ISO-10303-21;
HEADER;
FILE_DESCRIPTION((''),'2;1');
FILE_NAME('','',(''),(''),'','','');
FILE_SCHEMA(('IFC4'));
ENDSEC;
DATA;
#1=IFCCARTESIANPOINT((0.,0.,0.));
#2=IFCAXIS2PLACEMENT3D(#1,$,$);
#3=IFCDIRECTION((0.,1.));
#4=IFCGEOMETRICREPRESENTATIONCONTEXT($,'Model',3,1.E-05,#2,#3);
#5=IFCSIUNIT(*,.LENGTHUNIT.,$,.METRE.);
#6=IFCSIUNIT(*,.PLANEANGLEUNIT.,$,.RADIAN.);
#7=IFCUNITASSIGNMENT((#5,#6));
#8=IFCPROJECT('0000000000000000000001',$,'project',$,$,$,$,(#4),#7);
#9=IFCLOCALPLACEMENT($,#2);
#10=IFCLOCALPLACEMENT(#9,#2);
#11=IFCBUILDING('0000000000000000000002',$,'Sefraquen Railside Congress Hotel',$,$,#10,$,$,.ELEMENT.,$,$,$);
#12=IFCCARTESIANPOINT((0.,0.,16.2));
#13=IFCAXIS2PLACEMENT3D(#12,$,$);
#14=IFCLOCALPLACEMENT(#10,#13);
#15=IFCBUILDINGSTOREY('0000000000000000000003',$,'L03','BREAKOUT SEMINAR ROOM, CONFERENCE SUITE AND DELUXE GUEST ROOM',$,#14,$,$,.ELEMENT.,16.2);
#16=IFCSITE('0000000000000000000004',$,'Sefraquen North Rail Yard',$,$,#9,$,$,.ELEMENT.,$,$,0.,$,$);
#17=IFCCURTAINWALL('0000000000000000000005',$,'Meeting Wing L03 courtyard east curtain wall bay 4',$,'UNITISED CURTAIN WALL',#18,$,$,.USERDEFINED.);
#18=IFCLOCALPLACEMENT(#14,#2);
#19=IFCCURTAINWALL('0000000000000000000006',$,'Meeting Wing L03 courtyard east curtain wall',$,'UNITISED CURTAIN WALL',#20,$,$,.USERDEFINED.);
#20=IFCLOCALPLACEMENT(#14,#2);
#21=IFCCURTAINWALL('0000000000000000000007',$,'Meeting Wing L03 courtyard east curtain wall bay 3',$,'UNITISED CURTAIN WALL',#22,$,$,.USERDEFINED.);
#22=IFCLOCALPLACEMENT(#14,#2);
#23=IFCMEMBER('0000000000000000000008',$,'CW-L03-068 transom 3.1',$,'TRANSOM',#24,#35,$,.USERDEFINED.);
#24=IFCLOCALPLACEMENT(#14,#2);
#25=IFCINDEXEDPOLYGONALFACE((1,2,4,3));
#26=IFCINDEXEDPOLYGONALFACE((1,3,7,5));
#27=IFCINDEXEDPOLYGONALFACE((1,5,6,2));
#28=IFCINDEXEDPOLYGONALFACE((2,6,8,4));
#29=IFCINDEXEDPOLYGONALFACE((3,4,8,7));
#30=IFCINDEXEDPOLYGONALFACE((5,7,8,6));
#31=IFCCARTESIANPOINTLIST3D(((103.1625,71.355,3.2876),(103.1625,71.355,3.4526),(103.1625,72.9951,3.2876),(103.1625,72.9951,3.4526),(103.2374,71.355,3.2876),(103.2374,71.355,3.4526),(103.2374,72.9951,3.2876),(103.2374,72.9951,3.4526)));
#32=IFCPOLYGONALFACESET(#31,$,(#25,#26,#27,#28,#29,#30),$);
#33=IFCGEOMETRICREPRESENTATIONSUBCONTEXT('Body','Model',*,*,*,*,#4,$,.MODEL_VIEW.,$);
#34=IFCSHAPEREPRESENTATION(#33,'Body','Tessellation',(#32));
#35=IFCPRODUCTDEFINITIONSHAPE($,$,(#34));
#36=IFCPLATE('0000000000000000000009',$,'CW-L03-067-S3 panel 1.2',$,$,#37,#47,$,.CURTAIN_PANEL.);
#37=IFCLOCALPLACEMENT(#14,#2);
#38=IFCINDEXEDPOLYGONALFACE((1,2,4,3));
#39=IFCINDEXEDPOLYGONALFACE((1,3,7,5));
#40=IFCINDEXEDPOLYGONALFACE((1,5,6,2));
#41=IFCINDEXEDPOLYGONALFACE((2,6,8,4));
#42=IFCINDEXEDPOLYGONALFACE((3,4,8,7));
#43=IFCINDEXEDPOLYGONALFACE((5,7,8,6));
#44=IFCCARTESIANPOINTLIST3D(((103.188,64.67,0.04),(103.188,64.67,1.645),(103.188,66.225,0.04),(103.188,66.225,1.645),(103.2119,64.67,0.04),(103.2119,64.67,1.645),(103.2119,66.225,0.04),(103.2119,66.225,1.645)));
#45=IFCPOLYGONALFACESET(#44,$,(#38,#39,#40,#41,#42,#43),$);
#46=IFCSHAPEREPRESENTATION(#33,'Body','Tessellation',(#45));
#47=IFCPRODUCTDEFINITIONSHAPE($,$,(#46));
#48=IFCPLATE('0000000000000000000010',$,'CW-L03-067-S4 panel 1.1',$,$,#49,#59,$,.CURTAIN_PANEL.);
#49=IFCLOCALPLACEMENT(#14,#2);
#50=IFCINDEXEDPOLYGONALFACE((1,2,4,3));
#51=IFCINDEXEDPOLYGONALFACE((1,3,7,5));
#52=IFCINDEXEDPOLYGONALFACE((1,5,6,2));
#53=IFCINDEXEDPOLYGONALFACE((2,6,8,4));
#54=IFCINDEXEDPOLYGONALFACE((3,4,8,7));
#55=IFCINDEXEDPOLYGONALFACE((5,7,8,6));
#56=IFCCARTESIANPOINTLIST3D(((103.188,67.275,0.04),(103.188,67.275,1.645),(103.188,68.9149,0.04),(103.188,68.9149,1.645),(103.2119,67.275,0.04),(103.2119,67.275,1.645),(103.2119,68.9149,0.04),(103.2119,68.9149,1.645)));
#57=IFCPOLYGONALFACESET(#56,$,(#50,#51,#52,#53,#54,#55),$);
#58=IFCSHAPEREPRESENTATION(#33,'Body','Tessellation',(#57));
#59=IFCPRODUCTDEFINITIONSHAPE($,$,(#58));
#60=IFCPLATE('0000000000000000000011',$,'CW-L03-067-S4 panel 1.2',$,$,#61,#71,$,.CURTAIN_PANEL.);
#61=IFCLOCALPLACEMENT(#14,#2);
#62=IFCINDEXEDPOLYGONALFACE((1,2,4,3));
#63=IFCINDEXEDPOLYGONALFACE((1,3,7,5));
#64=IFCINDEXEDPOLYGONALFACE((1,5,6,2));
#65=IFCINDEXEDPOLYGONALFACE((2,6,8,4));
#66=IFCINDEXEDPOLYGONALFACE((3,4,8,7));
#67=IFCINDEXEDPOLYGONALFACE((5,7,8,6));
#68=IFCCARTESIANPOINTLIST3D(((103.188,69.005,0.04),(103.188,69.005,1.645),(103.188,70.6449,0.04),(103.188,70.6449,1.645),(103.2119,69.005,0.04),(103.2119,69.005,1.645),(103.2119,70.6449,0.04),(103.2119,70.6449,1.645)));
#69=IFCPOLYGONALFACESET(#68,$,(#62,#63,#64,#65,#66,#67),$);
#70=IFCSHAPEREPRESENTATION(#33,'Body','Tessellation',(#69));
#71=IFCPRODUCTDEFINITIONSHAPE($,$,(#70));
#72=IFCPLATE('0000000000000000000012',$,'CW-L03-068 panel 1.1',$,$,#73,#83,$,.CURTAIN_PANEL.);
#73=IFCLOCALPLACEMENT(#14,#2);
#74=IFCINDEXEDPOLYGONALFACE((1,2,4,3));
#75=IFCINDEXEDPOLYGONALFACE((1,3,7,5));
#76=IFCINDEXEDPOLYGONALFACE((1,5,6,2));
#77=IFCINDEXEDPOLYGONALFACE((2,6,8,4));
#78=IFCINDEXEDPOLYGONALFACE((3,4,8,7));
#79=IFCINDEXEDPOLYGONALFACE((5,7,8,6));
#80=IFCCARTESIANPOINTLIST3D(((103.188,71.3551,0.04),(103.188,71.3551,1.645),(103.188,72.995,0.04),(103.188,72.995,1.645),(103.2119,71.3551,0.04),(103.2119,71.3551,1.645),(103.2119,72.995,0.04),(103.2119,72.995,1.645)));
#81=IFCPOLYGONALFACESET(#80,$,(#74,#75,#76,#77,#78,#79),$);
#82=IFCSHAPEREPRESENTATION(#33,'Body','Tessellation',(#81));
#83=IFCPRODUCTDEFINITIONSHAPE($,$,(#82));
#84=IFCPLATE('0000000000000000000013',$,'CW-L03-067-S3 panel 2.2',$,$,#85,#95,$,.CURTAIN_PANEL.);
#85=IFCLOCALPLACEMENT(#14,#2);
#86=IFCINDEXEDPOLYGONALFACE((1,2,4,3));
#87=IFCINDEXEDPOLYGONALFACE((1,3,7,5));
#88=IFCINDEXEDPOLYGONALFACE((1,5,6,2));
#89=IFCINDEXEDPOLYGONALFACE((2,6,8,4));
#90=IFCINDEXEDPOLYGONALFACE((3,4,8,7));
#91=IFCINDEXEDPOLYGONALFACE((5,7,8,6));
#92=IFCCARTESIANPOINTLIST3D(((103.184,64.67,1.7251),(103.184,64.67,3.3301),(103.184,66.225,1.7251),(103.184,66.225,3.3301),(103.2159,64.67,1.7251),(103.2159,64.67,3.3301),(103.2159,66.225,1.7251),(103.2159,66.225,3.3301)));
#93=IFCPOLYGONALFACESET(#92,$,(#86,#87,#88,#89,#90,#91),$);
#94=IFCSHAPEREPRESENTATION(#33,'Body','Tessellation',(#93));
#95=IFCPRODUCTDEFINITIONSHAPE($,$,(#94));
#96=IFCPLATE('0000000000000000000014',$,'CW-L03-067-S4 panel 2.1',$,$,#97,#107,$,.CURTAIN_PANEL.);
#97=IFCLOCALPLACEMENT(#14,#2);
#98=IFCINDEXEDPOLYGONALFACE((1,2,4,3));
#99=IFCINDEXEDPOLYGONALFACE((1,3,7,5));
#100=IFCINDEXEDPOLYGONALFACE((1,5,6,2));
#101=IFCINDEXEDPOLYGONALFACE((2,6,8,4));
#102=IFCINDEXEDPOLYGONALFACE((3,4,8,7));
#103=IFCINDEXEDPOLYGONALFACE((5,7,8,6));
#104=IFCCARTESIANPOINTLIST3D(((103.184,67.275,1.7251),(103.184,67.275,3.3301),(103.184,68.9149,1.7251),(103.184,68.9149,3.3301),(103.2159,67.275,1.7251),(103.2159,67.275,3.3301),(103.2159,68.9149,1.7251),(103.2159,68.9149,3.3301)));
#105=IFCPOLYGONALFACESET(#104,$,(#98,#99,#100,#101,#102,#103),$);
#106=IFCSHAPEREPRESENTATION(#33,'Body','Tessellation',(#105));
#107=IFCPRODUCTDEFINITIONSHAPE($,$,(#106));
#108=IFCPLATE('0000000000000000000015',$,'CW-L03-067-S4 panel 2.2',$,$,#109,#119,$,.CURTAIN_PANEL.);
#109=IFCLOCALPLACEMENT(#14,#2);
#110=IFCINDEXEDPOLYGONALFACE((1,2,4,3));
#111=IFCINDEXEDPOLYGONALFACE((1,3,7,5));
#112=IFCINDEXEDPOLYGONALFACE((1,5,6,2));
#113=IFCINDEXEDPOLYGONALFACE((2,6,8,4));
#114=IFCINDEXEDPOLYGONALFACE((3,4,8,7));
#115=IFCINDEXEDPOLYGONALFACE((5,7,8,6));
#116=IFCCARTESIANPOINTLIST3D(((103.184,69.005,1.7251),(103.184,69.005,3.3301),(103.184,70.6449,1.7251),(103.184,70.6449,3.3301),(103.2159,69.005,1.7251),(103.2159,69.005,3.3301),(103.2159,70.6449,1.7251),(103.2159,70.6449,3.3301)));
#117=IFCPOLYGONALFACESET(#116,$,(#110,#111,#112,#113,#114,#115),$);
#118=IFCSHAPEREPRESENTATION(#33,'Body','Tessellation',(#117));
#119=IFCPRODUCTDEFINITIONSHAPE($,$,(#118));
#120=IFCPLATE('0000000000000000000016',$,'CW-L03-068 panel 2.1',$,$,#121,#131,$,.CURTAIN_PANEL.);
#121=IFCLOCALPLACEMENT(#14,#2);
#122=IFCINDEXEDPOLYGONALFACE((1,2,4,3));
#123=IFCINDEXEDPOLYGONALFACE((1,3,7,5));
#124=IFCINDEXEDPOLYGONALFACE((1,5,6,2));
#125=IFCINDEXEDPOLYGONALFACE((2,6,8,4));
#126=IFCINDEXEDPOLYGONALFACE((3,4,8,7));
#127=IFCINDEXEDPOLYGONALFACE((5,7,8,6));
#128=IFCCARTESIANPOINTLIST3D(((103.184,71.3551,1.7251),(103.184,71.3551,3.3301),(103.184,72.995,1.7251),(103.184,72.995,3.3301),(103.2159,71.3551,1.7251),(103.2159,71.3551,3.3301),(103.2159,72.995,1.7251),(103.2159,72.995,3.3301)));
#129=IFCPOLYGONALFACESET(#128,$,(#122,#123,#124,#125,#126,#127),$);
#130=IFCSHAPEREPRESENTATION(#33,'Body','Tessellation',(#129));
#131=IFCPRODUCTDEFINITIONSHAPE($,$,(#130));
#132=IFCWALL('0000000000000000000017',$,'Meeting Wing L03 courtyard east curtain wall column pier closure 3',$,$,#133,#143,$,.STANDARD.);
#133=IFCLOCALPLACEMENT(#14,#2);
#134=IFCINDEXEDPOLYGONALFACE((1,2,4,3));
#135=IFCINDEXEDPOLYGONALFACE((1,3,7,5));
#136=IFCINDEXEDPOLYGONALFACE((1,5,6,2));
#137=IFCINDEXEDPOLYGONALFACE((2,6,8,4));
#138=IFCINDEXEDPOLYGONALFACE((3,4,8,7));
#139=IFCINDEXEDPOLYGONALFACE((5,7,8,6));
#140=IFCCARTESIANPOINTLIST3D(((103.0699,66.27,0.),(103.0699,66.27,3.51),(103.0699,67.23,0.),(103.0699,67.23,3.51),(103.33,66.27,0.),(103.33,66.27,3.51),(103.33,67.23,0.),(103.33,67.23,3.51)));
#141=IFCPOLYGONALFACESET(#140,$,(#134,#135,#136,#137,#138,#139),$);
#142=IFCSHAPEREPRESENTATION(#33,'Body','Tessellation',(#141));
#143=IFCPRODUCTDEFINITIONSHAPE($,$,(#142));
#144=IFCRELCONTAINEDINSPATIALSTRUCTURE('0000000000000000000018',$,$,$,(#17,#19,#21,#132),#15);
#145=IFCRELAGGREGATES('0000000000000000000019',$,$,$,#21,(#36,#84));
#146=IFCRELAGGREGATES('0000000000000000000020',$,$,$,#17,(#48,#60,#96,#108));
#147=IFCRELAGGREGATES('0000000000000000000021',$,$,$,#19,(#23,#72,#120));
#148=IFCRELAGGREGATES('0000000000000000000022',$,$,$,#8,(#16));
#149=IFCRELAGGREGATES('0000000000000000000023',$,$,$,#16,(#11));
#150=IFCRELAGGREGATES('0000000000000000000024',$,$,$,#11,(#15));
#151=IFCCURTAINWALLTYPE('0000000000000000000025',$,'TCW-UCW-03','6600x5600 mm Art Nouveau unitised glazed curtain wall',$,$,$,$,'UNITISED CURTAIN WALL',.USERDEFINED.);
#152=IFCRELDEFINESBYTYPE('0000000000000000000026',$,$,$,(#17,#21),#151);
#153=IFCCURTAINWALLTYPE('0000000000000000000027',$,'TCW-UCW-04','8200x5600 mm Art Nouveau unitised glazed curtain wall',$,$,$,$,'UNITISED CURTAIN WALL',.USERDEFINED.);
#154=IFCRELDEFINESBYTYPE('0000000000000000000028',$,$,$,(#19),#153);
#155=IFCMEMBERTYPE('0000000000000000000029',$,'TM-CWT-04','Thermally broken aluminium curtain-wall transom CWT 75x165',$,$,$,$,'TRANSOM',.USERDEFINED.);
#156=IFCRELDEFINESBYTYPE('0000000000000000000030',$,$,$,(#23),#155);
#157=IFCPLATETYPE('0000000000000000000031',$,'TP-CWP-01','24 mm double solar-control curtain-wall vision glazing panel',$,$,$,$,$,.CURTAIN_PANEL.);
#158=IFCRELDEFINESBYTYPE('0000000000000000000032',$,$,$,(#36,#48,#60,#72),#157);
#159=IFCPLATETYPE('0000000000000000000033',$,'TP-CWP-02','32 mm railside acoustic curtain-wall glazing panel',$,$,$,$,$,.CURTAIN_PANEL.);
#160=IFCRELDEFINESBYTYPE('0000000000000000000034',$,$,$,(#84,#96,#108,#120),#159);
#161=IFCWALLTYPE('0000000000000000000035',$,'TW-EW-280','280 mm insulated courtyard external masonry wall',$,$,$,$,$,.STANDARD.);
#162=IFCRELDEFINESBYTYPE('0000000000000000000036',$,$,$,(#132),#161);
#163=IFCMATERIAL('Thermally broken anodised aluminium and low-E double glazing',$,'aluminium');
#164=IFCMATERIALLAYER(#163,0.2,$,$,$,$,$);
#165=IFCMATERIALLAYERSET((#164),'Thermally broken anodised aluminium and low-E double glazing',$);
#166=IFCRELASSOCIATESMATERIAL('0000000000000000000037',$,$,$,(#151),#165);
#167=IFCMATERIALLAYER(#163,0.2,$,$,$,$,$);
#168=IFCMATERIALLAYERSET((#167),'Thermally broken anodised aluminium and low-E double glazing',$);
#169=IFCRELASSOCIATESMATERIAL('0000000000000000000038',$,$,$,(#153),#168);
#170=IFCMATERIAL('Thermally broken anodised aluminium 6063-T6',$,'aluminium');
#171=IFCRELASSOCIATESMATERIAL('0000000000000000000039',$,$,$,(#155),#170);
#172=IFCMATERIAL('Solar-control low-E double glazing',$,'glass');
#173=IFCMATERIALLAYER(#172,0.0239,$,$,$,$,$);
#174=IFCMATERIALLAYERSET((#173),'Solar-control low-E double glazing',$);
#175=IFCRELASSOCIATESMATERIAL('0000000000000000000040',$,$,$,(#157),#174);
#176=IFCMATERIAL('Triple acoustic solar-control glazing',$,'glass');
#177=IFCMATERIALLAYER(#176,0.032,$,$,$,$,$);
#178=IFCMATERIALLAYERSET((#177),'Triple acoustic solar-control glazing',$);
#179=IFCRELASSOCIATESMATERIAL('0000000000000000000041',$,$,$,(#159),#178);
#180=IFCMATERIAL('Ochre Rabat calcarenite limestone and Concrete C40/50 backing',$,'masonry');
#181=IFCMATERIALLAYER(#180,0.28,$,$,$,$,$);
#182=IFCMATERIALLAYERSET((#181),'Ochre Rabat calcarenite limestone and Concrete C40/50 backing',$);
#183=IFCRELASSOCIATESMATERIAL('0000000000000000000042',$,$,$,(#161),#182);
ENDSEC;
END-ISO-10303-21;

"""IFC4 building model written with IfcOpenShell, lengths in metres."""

from ifc_helpers import new_model, si_unit, direction, frame, frame_2d, origin, origin_2d, place, context, subcontext, project, spatial, rectangle, extrude, material, layer, layer_set, material_profile, profile_set, type_object, element, aggregate, save


model = new_model("IFC4")

# Units and contexts
model_context = context("Model", 3, precision=1e-05, world=origin(), true_north=direction((0.0, 1.0)))
body_context = subcontext(model_context, "Body", "Model", "MODEL_VIEW")
ifc_project = project(units=[si_unit("LENGTHUNIT", "METRE"), si_unit("PLANEANGLEUNIT", "RADIAN")], contexts=[model_context])

# Site, building, storey
site_placement = place(None, origin())
site = spatial("IfcSite", under=ifc_project, at=site_placement, Name="Sefraquen North Rail Yard", CompositionType="ELEMENT", RefElevation=0.0)
building_placement = place(site_placement, origin())
building = spatial("IfcBuilding", under=site, at=building_placement, Name="Sefraquen Railside Congress Hotel", CompositionType="ELEMENT")
storey_placement = place(building_placement, frame((0.0, 0.0, 16.2)))
storey = spatial("IfcBuildingStorey", under=building, at=storey_placement, Name="L03", Description="BREAKOUT SEMINAR ROOM, CONFERENCE SUITE AND DELUXE GUEST ROOM", CompositionType="ELEMENT", Elevation=16.2)

# Curtain walls
ifc_material_1 = material(Name="Thermally broken anodised aluminium and low-E double glazing", Category="aluminium")
ifc_layer_1 = layer(ifc_material_1, 0.2)
ifc_layer_set_1 = layer_set([ifc_layer_1], Name="Thermally broken anodised aluminium and low-E double glazing")
curtain_wall_type_1 = type_object("IfcCurtainWallType", Name="TCW-UCW-03", Description="6600x5600 mm Art Nouveau unitised glazed curtain wall", ElementType="UNITISED CURTAIN WALL", PredefinedType="USERDEFINED", material=ifc_layer_set_1)
curtain_wall_1_placement = place(storey_placement, origin())
curtain_wall_1 = element("IfcCurtainWall", 1, at=curtain_wall_1_placement, inside=storey, type_object=curtain_wall_type_1, Name="Meeting Wing L03 courtyard east curtain wall bay 4", ObjectType="UNITISED CURTAIN WALL", PredefinedType="USERDEFINED")
ifc_material_2 = material(Name="Thermally broken anodised aluminium 6063-T6", Category="aluminium")
ifc_layer_2 = layer(ifc_material_1, 0.2)
ifc_layer_set_2 = layer_set([ifc_layer_2], Name="Thermally broken anodised aluminium and low-E double glazing")
curtain_wall_type_2 = type_object("IfcCurtainWallType", Name="TCW-UCW-04", Description="8200x5600 mm Art Nouveau unitised glazed curtain wall", ElementType="UNITISED CURTAIN WALL", PredefinedType="USERDEFINED", material=ifc_layer_set_2)
curtain_wall_2_placement = place(storey_placement, origin())
curtain_wall_2 = element("IfcCurtainWall", 2, at=curtain_wall_2_placement, inside=storey, type_object=curtain_wall_type_2, Name="Meeting Wing L03 courtyard east curtain wall", ObjectType="UNITISED CURTAIN WALL", PredefinedType="USERDEFINED")
curtain_wall_3_placement = place(storey_placement, origin())
curtain_wall_3 = element("IfcCurtainWall", 3, at=curtain_wall_3_placement, inside=storey, type_object=curtain_wall_type_1, Name="Meeting Wing L03 courtyard east curtain wall bay 3", ObjectType="UNITISED CURTAIN WALL", PredefinedType="USERDEFINED")

# Member
ifc_material_profile_1 = material_profile(ifc_material_2, rectangle(XDim=0.075, YDim=0.165, at=origin_2d()), Name="CWT 75x165")
ifc_profile_set_1 = profile_set([ifc_material_profile_1], Name="Thermally broken anodised aluminium 6063-T6")
member_type_1 = type_object("IfcMemberType", Name="TM-CWT-04", Description="Thermally broken aluminium curtain-wall transom CWT 75x165", ElementType="TRANSOM", PredefinedType="USERDEFINED", material=ifc_profile_set_1)
member_1_placement = place(storey_placement, frame((103.2, 71.355, 3.3701), z_axis=(0.0, 1.0, 0.0), x_axis=(-1.0, 0.0, 0.0)))
member_1 = element("IfcMember", 4, at=member_1_placement, type_object=member_type_1, Name="CW-L03-068 transom 3.1", ObjectType="TRANSOM", PredefinedType="USERDEFINED", context=body_context, shape_type="SweptSolid", body=[
    extrude(rectangle(XDim=0.075, YDim=0.165, at=origin_2d()), origin(), (0.0, 0.0, 1.0), 1.6401),
])

# Plates
ifc_material_3 = material(Name="Solar-control low-E double glazing", Category="glass")
ifc_layer_3 = layer(ifc_material_3, 0.0239)
ifc_layer_set_3 = layer_set([ifc_layer_3], Name="Solar-control low-E double glazing")
plate_type_1 = type_object("IfcPlateType", Name="TP-CWP-01", Description="24 mm double solar-control curtain-wall vision glazing panel", PredefinedType="CURTAIN_PANEL", material=ifc_layer_set_3)
plate_1_placement = place(storey_placement, frame((103.2, 65.4475, 0.04), z_axis=(0.0, 0.0, 1.0), x_axis=(0.0, 1.0, 0.0)))
plate_1 = element("IfcPlate", 5, at=plate_1_placement, type_object=plate_type_1, Name="CW-L03-067-S3 panel 1.2", PredefinedType="CURTAIN_PANEL", context=body_context, shape_type="SweptSolid", body=[
    extrude(rectangle(XDim=1.5549, YDim=0.0239, at=origin_2d()), origin(), (0.0, 0.0, 1.0), 1.605),
])
plate_2_placement = place(storey_placement, frame((103.2, 68.095, 0.04), z_axis=(0.0, 0.0, 1.0), x_axis=(0.0, 1.0, 0.0)))
plate_2 = element("IfcPlate", 6, at=plate_2_placement, type_object=plate_type_1, Name="CW-L03-067-S4 panel 1.1", PredefinedType="CURTAIN_PANEL", context=body_context, shape_type="SweptSolid", body=[
    extrude(rectangle(XDim=1.6399, YDim=0.0239, at=origin_2d()), origin(), (0.0, 0.0, 1.0), 1.605),
])
plate_3_placement = place(storey_placement, frame((103.2, 69.825, 0.04), z_axis=(0.0, 0.0, 1.0), x_axis=(0.0, 1.0, 0.0)))
plate_3 = element("IfcPlate", 7, at=plate_3_placement, type_object=plate_type_1, Name="CW-L03-067-S4 panel 1.2", PredefinedType="CURTAIN_PANEL", context=body_context, shape_type="SweptSolid", body=[
    extrude(rectangle(XDim=1.6399, YDim=0.0239, at=origin_2d()), origin(), (0.0, 0.0, 1.0), 1.605),
])
plate_4_placement = place(storey_placement, frame((103.2, 72.175, 0.04), z_axis=(0.0, 0.0, 1.0), x_axis=(0.0, 1.0, 0.0)))
plate_4 = element("IfcPlate", 8, at=plate_4_placement, type_object=plate_type_1, Name="CW-L03-068 panel 1.1", PredefinedType="CURTAIN_PANEL", context=body_context, shape_type="SweptSolid", body=[
    extrude(rectangle(XDim=1.6399, YDim=0.0239, at=origin_2d()), origin(), (0.0, 0.0, 1.0), 1.605),
])
ifc_material_4 = material(Name="Triple acoustic solar-control glazing", Category="glass")
ifc_layer_4 = layer(ifc_material_4, 0.032)
ifc_layer_set_4 = layer_set([ifc_layer_4], Name="Triple acoustic solar-control glazing")
plate_type_2 = type_object("IfcPlateType", Name="TP-CWP-02", Description="32 mm railside acoustic curtain-wall glazing panel", PredefinedType="CURTAIN_PANEL", material=ifc_layer_set_4)
plate_5_placement = place(storey_placement, frame((103.2, 65.4475, 1.7251), z_axis=(0.0, 0.0, 1.0), x_axis=(0.0, 1.0, 0.0)))
plate_5 = element("IfcPlate", 9, at=plate_5_placement, type_object=plate_type_2, Name="CW-L03-067-S3 panel 2.2", PredefinedType="CURTAIN_PANEL", context=body_context, shape_type="SweptSolid", body=[
    extrude(rectangle(XDim=1.5549, YDim=0.032, at=origin_2d()), origin(), (0.0, 0.0, 1.0), 1.605),
])
aggregate(curtain_wall_3, [plate_1, plate_5])
plate_6_placement = place(storey_placement, frame((103.2, 68.095, 1.7251), z_axis=(0.0, 0.0, 1.0), x_axis=(0.0, 1.0, 0.0)))
plate_6 = element("IfcPlate", 10, at=plate_6_placement, type_object=plate_type_2, Name="CW-L03-067-S4 panel 2.1", PredefinedType="CURTAIN_PANEL", context=body_context, shape_type="SweptSolid", body=[
    extrude(rectangle(XDim=1.6399, YDim=0.032, at=origin_2d()), origin(), (0.0, 0.0, 1.0), 1.605),
])
plate_7_placement = place(storey_placement, frame((103.2, 69.825, 1.7251), z_axis=(0.0, 0.0, 1.0), x_axis=(0.0, 1.0, 0.0)))
plate_7 = element("IfcPlate", 11, at=plate_7_placement, type_object=plate_type_2, Name="CW-L03-067-S4 panel 2.2", PredefinedType="CURTAIN_PANEL", context=body_context, shape_type="SweptSolid", body=[
    extrude(rectangle(XDim=1.6399, YDim=0.032, at=origin_2d()), origin(), (0.0, 0.0, 1.0), 1.605),
])
aggregate(curtain_wall_1, [plate_2, plate_3, plate_6, plate_7])
plate_8_placement = place(storey_placement, frame((103.2, 72.175, 1.7251), z_axis=(0.0, 0.0, 1.0), x_axis=(0.0, 1.0, 0.0)))
plate_8 = element("IfcPlate", 12, at=plate_8_placement, type_object=plate_type_2, Name="CW-L03-068 panel 2.1", PredefinedType="CURTAIN_PANEL", context=body_context, shape_type="SweptSolid", body=[
    extrude(rectangle(XDim=1.6399, YDim=0.032, at=origin_2d()), origin(), (0.0, 0.0, 1.0), 1.605),
])
aggregate(curtain_wall_2, [member_1, plate_4, plate_8])

# Wall
ifc_material_5 = material(Name="Ochre Rabat calcarenite limestone and Concrete C40/50 backing", Category="masonry")
ifc_layer_5 = layer(ifc_material_5, 0.28)
ifc_layer_set_5 = layer_set([ifc_layer_5], Name="Ochre Rabat calcarenite limestone and Concrete C40/50 backing")
wall_type = type_object("IfcWallType", Name="TW-EW-280", Description="280 mm insulated courtyard external masonry wall", PredefinedType="STANDARD", material=ifc_layer_set_5)
wall_placement = place(storey_placement, frame((103.2, 66.27, 0.0), z_axis=(0.0, 0.0, 1.0), x_axis=(0.0, 1.0, 0.0)))
element("IfcWall", 13, at=wall_placement, inside=storey, type_object=wall_type, Name="Meeting Wing L03 courtyard east curtain wall column pier closure 3", PredefinedType="STANDARD", context=body_context, shape_type="SweptSolid", body=[
    extrude(rectangle(XDim=0.96, YDim=0.26, at=frame_2d((0.48, 0.0))), origin(), (0.0, 0.0, 1.0), 3.51),
])

save(model, "model.ifc")
